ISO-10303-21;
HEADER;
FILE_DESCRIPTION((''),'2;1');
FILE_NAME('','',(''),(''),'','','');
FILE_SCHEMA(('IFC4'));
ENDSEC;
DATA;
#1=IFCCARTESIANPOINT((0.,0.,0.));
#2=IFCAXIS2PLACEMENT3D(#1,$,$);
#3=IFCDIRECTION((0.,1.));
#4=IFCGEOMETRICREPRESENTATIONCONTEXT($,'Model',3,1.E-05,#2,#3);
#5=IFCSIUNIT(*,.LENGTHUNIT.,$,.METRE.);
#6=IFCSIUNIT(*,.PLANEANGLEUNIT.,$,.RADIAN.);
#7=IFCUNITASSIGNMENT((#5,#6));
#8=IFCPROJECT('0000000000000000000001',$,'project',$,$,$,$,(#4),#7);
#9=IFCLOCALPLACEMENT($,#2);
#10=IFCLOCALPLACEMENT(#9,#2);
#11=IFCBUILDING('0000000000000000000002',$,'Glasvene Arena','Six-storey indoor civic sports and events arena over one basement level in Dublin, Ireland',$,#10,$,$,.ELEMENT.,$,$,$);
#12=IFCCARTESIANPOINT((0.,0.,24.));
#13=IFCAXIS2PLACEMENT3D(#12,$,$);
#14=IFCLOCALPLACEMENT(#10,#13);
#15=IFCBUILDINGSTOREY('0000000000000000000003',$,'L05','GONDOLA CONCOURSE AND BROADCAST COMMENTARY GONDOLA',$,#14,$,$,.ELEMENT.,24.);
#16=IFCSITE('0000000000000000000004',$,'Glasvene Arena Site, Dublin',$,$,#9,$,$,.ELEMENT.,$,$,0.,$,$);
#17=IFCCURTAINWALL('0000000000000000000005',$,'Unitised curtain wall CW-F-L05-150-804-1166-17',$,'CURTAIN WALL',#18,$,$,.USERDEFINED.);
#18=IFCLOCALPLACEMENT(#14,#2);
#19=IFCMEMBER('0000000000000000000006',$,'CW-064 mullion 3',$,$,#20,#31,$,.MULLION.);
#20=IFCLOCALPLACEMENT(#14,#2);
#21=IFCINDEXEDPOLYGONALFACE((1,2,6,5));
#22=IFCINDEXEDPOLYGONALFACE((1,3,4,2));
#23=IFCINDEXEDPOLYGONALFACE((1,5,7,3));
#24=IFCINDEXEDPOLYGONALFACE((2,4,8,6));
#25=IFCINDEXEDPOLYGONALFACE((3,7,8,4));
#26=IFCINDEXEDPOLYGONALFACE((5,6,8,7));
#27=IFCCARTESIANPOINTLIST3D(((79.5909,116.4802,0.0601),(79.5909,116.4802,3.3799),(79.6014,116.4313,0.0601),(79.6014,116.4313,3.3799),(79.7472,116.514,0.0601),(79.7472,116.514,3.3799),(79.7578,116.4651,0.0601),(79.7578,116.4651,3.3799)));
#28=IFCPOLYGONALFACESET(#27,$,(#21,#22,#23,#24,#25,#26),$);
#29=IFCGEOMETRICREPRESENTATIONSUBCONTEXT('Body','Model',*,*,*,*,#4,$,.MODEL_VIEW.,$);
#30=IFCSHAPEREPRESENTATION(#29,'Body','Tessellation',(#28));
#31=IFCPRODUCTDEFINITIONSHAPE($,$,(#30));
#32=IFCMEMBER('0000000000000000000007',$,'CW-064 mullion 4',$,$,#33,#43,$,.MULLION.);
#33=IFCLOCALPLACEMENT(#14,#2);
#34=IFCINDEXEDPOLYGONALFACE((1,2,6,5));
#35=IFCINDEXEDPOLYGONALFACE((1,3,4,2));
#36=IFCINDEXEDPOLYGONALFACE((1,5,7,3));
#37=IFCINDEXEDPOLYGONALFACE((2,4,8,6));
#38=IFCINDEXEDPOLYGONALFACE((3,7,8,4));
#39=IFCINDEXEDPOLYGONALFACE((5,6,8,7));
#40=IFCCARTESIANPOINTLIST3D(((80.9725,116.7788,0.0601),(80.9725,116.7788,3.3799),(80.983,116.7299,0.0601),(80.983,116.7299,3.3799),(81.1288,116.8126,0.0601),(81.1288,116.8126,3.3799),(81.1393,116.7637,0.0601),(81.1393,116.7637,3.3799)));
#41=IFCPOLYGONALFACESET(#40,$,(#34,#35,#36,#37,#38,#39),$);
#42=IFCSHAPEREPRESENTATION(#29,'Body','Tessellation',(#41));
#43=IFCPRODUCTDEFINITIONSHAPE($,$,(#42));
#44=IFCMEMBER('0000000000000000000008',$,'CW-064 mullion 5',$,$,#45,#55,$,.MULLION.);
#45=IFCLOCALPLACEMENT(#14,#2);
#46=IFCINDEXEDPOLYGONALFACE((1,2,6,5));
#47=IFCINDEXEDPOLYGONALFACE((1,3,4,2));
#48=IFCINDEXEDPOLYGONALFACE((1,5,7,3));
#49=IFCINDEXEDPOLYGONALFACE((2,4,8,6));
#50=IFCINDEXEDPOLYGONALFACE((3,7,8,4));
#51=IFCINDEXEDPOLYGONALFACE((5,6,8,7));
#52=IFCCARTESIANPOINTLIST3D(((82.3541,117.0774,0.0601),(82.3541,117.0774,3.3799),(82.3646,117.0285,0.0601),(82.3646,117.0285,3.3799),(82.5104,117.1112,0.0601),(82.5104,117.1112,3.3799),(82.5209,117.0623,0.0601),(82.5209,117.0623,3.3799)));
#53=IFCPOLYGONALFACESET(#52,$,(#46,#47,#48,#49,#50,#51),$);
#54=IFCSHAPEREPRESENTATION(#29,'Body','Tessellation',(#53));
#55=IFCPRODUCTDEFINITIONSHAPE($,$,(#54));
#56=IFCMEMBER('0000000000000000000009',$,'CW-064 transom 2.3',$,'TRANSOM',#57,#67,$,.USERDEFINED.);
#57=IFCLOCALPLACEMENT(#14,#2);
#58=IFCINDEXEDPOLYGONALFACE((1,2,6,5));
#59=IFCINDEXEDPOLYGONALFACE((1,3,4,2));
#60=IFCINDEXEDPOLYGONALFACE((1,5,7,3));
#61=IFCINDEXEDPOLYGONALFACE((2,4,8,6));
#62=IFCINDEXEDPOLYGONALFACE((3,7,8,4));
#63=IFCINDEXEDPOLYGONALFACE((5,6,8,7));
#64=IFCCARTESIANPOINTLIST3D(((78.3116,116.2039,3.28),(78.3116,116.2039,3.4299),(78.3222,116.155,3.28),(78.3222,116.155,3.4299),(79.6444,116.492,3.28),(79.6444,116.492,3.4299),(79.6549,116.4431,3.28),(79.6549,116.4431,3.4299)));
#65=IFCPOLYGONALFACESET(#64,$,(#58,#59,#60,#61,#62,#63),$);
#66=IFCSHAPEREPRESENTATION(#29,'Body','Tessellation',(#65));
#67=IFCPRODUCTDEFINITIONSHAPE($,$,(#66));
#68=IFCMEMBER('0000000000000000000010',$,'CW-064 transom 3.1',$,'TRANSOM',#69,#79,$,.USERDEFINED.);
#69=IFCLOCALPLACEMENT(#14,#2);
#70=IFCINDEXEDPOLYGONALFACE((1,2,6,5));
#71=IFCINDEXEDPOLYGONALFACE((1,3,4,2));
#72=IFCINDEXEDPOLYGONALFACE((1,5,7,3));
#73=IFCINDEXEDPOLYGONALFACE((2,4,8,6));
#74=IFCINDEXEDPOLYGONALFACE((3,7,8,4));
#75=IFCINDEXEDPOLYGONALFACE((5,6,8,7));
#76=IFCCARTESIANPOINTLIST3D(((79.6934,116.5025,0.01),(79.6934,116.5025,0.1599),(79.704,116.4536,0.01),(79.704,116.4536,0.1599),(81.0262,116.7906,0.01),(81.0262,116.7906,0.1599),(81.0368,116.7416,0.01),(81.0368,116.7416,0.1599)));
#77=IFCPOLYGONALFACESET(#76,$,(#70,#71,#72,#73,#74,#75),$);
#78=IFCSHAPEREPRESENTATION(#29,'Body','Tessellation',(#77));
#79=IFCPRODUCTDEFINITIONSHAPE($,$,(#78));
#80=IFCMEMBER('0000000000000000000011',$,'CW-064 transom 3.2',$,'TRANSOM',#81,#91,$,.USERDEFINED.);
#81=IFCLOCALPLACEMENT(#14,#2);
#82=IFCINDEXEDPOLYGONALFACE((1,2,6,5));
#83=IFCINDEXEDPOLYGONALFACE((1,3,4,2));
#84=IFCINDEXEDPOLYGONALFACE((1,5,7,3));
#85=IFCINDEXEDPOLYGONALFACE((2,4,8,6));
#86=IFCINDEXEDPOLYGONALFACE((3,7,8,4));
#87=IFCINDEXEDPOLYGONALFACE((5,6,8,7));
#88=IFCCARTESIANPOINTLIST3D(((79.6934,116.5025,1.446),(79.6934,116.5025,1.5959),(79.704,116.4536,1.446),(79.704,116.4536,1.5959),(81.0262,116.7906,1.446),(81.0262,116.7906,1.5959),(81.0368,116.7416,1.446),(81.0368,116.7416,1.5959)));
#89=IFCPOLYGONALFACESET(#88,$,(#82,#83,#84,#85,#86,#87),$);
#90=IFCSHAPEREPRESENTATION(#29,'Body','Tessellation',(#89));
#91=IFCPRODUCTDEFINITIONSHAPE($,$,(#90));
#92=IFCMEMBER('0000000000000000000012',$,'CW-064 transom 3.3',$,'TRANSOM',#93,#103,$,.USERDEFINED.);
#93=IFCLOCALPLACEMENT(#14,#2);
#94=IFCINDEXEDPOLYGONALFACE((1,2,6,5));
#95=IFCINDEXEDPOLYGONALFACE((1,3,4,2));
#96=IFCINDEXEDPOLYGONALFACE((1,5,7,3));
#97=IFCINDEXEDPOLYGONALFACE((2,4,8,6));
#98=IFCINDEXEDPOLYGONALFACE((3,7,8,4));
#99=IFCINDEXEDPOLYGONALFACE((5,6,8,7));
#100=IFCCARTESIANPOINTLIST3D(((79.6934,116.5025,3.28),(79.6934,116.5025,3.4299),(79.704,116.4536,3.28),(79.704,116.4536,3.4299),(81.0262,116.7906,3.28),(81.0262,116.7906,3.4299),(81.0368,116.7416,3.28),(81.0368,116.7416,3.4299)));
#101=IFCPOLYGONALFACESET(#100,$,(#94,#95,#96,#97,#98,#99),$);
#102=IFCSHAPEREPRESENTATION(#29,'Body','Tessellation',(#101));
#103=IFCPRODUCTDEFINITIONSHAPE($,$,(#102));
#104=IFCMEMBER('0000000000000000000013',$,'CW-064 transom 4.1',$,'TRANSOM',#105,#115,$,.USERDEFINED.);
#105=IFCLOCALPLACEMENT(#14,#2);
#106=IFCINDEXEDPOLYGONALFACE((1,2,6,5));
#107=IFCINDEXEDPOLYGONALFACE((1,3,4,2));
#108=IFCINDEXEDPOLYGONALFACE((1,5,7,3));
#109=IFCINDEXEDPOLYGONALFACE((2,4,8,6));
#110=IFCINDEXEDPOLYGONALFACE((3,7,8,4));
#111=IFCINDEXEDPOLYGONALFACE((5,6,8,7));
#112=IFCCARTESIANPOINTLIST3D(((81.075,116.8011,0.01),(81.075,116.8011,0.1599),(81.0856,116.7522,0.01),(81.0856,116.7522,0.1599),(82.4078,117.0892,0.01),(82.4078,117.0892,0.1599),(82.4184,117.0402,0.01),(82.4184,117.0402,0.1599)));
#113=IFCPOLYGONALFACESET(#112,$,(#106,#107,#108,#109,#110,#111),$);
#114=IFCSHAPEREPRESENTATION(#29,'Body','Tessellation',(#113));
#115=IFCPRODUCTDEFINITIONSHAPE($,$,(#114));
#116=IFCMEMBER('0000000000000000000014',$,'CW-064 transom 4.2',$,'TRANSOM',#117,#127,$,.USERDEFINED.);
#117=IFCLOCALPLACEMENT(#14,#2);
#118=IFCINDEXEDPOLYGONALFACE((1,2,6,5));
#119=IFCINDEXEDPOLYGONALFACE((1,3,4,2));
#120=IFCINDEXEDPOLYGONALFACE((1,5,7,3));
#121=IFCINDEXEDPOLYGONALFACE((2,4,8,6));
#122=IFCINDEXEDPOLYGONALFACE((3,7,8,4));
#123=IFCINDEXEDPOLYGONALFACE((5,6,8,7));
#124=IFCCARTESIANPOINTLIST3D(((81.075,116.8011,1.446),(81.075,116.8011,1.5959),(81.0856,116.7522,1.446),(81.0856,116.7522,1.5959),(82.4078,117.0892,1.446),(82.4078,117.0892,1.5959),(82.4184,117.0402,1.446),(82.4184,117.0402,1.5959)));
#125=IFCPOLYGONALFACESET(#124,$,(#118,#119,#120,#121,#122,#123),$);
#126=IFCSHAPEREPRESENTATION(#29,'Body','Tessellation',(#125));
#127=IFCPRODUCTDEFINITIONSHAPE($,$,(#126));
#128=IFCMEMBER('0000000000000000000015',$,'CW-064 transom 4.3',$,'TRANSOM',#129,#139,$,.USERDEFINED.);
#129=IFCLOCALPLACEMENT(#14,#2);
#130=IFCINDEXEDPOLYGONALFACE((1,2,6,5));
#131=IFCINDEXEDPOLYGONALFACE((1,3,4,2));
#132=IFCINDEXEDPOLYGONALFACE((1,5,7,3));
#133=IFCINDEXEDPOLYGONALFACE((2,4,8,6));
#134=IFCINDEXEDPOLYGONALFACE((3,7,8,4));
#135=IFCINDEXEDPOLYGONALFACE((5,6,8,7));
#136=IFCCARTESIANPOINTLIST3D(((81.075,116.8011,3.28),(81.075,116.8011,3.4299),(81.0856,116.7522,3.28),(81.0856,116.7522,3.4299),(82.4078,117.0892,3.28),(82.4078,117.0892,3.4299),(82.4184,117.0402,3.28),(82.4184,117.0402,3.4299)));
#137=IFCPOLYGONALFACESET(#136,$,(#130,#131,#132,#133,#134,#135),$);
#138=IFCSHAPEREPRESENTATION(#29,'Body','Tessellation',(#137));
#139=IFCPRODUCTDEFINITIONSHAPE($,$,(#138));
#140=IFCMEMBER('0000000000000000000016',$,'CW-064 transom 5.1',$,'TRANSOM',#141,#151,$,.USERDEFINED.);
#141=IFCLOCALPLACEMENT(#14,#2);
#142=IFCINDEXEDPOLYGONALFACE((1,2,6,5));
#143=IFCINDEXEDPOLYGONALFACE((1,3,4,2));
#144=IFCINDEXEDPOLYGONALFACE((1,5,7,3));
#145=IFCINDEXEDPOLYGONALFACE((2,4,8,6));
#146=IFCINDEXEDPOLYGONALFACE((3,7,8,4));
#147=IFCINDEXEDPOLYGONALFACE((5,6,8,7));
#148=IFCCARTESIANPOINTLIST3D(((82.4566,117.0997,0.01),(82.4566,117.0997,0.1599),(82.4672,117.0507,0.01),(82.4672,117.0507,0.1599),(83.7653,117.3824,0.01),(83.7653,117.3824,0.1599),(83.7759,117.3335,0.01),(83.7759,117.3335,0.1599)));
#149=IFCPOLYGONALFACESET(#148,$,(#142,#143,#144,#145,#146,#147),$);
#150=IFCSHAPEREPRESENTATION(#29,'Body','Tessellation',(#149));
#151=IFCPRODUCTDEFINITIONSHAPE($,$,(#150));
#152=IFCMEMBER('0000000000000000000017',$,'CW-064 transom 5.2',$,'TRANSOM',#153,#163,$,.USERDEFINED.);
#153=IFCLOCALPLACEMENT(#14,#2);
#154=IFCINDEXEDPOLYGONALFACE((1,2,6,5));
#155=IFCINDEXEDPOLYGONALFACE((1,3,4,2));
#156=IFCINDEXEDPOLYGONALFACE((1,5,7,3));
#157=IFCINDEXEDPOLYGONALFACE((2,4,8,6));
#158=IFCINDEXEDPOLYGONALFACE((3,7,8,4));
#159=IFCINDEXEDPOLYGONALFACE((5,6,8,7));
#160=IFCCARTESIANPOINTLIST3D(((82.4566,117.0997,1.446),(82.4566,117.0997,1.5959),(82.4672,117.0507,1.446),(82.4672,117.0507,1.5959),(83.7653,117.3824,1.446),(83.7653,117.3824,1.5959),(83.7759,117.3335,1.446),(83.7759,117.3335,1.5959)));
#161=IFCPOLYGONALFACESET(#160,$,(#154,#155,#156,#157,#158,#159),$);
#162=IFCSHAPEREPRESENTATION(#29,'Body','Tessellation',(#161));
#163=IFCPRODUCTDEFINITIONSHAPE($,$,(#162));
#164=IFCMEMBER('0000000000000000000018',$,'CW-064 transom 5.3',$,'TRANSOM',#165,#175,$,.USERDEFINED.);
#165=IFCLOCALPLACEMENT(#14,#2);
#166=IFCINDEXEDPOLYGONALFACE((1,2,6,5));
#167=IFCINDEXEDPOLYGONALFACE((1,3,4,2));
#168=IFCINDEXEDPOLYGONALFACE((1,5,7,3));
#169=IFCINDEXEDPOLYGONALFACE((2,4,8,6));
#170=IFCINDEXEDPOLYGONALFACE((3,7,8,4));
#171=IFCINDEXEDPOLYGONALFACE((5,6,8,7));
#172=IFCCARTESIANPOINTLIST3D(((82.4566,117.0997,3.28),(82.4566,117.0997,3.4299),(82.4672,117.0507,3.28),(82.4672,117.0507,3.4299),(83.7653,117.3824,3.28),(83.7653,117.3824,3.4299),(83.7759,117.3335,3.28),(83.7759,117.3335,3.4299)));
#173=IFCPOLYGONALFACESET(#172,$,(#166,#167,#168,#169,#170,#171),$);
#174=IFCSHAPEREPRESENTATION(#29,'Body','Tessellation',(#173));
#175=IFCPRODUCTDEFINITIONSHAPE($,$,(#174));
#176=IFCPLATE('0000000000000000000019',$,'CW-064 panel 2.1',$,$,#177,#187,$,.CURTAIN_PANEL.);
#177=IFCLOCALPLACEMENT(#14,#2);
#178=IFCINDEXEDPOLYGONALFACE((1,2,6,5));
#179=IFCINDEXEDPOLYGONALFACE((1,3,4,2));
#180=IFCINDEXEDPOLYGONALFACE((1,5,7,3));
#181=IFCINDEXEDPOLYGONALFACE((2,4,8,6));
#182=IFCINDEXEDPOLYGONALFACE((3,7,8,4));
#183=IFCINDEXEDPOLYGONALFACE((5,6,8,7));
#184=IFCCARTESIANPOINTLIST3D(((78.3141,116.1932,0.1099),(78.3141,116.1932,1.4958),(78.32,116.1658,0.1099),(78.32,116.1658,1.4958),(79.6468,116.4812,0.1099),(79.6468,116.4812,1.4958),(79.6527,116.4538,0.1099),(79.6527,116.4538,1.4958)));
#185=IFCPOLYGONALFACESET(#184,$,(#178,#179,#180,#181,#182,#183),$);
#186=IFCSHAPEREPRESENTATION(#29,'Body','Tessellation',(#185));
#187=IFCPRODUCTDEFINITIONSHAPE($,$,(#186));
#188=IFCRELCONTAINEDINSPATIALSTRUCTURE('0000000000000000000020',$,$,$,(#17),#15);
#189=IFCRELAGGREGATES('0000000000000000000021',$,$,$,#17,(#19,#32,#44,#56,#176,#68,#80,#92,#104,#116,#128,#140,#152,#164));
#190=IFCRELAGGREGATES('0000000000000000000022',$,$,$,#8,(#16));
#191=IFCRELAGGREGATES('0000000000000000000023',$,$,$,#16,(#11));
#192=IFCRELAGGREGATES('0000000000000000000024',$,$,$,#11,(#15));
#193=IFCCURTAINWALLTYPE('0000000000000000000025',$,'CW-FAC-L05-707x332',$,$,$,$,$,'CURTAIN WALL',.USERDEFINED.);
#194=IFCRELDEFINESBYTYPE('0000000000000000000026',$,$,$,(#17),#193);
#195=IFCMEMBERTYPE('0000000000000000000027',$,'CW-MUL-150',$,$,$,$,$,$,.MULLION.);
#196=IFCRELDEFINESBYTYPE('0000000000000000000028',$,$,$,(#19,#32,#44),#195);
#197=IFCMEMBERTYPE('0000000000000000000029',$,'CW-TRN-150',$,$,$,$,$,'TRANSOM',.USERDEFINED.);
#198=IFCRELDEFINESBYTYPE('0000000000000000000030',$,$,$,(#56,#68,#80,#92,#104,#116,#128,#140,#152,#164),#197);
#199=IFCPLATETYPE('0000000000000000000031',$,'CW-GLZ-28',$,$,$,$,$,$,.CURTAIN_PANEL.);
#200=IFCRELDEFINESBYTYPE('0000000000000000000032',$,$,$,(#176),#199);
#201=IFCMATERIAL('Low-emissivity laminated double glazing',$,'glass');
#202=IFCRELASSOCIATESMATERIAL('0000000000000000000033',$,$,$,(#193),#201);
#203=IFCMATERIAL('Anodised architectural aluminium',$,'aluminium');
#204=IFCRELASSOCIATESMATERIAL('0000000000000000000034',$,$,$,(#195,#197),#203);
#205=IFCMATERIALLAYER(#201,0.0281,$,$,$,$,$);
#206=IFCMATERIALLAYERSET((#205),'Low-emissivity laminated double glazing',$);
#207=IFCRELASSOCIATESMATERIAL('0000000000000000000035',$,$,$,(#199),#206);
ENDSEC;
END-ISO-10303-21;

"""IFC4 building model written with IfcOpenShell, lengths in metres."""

from ifc_helpers import new_model, si_unit, direction, frame, origin, origin_2d, place, context, subcontext, project, spatial, rectangle, extrude, material, layer, layer_set, material_profile, profile_set, type_object, element, aggregate, save


model = new_model("IFC4")

# Units and contexts
model_context = context("Model", 3, precision=1e-05, world=origin(), true_north=direction((0.0, 1.0)))
body_context = subcontext(model_context, "Body", "Model", "MODEL_VIEW")
ifc_project = project(units=[si_unit("LENGTHUNIT", "METRE"), si_unit("PLANEANGLEUNIT", "RADIAN")], contexts=[model_context])

# Site, building, storey
site_placement = place(None, origin())
site = spatial("IfcSite", under=ifc_project, at=site_placement, Name="Glasvene Arena Site, Dublin", CompositionType="ELEMENT", RefElevation=0.0)
building_placement = place(site_placement, origin())
building = spatial("IfcBuilding", under=site, at=building_placement, Name="Glasvene Arena", Description="Six-storey indoor civic sports and events arena over one basement level in Dublin, Ireland", CompositionType="ELEMENT")
storey_placement = place(building_placement, frame((0.0, 0.0, 24.0)))
storey = spatial("IfcBuildingStorey", under=building, at=storey_placement, Name="L05", Description="GONDOLA CONCOURSE AND BROADCAST COMMENTARY GONDOLA", CompositionType="ELEMENT", Elevation=24.0)

# Curtain wall, members, plate
ifc_material_1 = material(Name="Low-emissivity laminated double glazing", Category="glass")
curtain_wall_type = type_object("IfcCurtainWallType", Name="CW-FAC-L05-707x332", ElementType="CURTAIN WALL", PredefinedType="USERDEFINED", material=ifc_material_1)
curtain_wall_placement = place(storey_placement, frame((76.9109, 115.8755, 0.0)))
curtain_wall = element("IfcCurtainWall", 1, at=curtain_wall_placement, inside=storey, type_object=curtain_wall_type, Name="Unitised curtain wall CW-F-L05-150-804-1166-17", ObjectType="CURTAIN WALL", PredefinedType="USERDEFINED")
ifc_material_2 = material(Name="Anodised architectural aluminium", Category="aluminium")
ifc_material_profile_1 = material_profile(ifc_material_2, rectangle(XDim=0.05, YDim=0.1599, at=origin_2d()), Name="ALU MULLION 50x160")
ifc_profile_set_1 = profile_set([ifc_material_profile_1], Name="Anodised architectural aluminium")
member_type_1 = type_object("IfcMemberType", Name="CW-MUL-150", PredefinedType="MULLION", material=ifc_profile_set_1)
member_1_placement = place(storey_placement, frame((79.6743, 116.4727, 0.0601), z_axis=(0.0, 0.0, 1.0), x_axis=(-0.211221, 0.977438, 0.0)))
member_1 = element("IfcMember", 2, at=member_1_placement, type_object=member_type_1, Name="CW-064 mullion 3", PredefinedType="MULLION", context=body_context, shape_type="SweptSolid", body=[
    extrude(rectangle(XDim=0.05, YDim=0.1599, at=origin_2d()), origin(), (0.0, 0.0, 1.0), 3.3198),
])
member_2_placement = place(storey_placement, frame((81.0559, 116.7712, 0.0601), z_axis=(0.0, 0.0, 1.0), x_axis=(-0.211221, 0.977438, 0.0)))
member_2 = element("IfcMember", 3, at=member_2_placement, type_object=member_type_1, Name="CW-064 mullion 4", PredefinedType="MULLION", context=body_context, shape_type="SweptSolid", body=[
    extrude(rectangle(XDim=0.05, YDim=0.1599, at=origin_2d()), origin(), (0.0, 0.0, 1.0), 3.3198),
])
member_3_placement = place(storey_placement, frame((82.4375, 117.0698, 0.0601), z_axis=(0.0, 0.0, 1.0), x_axis=(-0.211221, 0.977438, 0.0)))
member_3 = element("IfcMember", 4, at=member_3_placement, type_object=member_type_1, Name="CW-064 mullion 5", PredefinedType="MULLION", context=body_context, shape_type="SweptSolid", body=[
    extrude(rectangle(XDim=0.05, YDim=0.1599, at=origin_2d()), origin(), (0.0, 0.0, 1.0), 3.3198),
])
ifc_material_profile_2 = material_profile(ifc_material_2, rectangle(XDim=0.05, YDim=0.1499, at=origin_2d()), Name="ALU TRANSOM 50x150")
ifc_profile_set_2 = profile_set([ifc_material_profile_2], Name="Anodised architectural aluminium")
member_type_2 = type_object("IfcMemberType", Name="CW-TRN-150", ElementType="TRANSOM", PredefinedType="USERDEFINED", material=ifc_profile_set_2)
member_4_placement = place(storey_placement, frame((78.3169, 116.1794, 3.355), z_axis=(0.977426, 0.211277, 0.0), x_axis=(-0.211277, 0.977426, 0.0)))
member_4 = element("IfcMember", 5, at=member_4_placement, type_object=member_type_2, Name="CW-064 transom 2.3", ObjectType="TRANSOM", PredefinedType="USERDEFINED", context=body_context, shape_type="SweptSolid", body=[
    extrude(rectangle(XDim=0.05, YDim=0.1499, at=origin_2d()), origin(), (0.0, 0.0, 1.0), 1.3635),
])
member_5_placement = place(storey_placement, frame((79.6987, 116.478, 0.085), z_axis=(0.977426, 0.211277, 0.0), x_axis=(-0.211277, 0.977426, 0.0)))
member_5 = element("IfcMember", 6, at=member_5_placement, type_object=member_type_2, Name="CW-064 transom 3.1", ObjectType="TRANSOM", PredefinedType="USERDEFINED", context=body_context, shape_type="SweptSolid", body=[
    extrude(rectangle(XDim=0.05, YDim=0.1499, at=origin_2d()), origin(), (0.0, 0.0, 1.0), 1.3635),
])
member_6_placement = place(storey_placement, frame((79.6987, 116.478, 1.521), z_axis=(0.977426, 0.211277, 0.0), x_axis=(-0.211277, 0.977426, 0.0)))
member_6 = element("IfcMember", 7, at=member_6_placement, type_object=member_type_2, Name="CW-064 transom 3.2", ObjectType="TRANSOM", PredefinedType="USERDEFINED", context=body_context, shape_type="SweptSolid", body=[
    extrude(rectangle(XDim=0.05, YDim=0.1499, at=origin_2d()), origin(), (0.0, 0.0, 1.0), 1.3635),
])
member_7_placement = place(storey_placement, frame((79.6987, 116.478, 3.355), z_axis=(0.977426, 0.211277, 0.0), x_axis=(-0.211277, 0.977426, 0.0)))
member_7 = element("IfcMember", 8, at=member_7_placement, type_object=member_type_2, Name="CW-064 transom 3.3", ObjectType="TRANSOM", PredefinedType="USERDEFINED", context=body_context, shape_type="SweptSolid", body=[
    extrude(rectangle(XDim=0.05, YDim=0.1499, at=origin_2d()), origin(), (0.0, 0.0, 1.0), 1.3635),
])
member_8_placement = place(storey_placement, frame((81.0803, 116.7766, 0.085), z_axis=(0.977426, 0.211277, 0.0), x_axis=(-0.211277, 0.977426, 0.0)))
member_8 = element("IfcMember", 9, at=member_8_placement, type_object=member_type_2, Name="CW-064 transom 4.1", ObjectType="TRANSOM", PredefinedType="USERDEFINED", context=body_context, shape_type="SweptSolid", body=[
    extrude(rectangle(XDim=0.05, YDim=0.1499, at=origin_2d()), origin(), (0.0, 0.0, 1.0), 1.3635),
])
member_9_placement = place(storey_placement, frame((81.0803, 116.7766, 1.521), z_axis=(0.977426, 0.211277, 0.0), x_axis=(-0.211277, 0.977426, 0.0)))
member_9 = element("IfcMember", 10, at=member_9_placement, type_object=member_type_2, Name="CW-064 transom 4.2", ObjectType="TRANSOM", PredefinedType="USERDEFINED", context=body_context, shape_type="SweptSolid", body=[
    extrude(rectangle(XDim=0.05, YDim=0.1499, at=origin_2d()), origin(), (0.0, 0.0, 1.0), 1.3635),
])
member_10_placement = place(storey_placement, frame((81.0803, 116.7766, 3.355), z_axis=(0.977426, 0.211277, 0.0), x_axis=(-0.211277, 0.977426, 0.0)))
member_10 = element("IfcMember", 11, at=member_10_placement, type_object=member_type_2, Name="CW-064 transom 4.3", ObjectType="TRANSOM", PredefinedType="USERDEFINED", context=body_context, shape_type="SweptSolid", body=[
    extrude(rectangle(XDim=0.05, YDim=0.1499, at=origin_2d()), origin(), (0.0, 0.0, 1.0), 1.3635),
])
member_11_placement = place(storey_placement, frame((82.4619, 117.0752, 0.085), z_axis=(0.977449, 0.211173, 0.0), x_axis=(-0.211173, 0.977449, 0.0)))
member_11 = element("IfcMember", 12, at=member_11_placement, type_object=member_type_2, Name="CW-064 transom 5.1", ObjectType="TRANSOM", PredefinedType="USERDEFINED", context=body_context, shape_type="SweptSolid", body=[
    extrude(rectangle(XDim=0.05, YDim=0.1499, at=origin_2d()), origin(), (0.0, 0.0, 1.0), 1.3389),
])
member_12_placement = place(storey_placement, frame((82.4619, 117.0752, 1.521), z_axis=(0.977449, 0.211173, 0.0), x_axis=(-0.211173, 0.977449, 0.0)))
member_12 = element("IfcMember", 13, at=member_12_placement, type_object=member_type_2, Name="CW-064 transom 5.2", ObjectType="TRANSOM", PredefinedType="USERDEFINED", context=body_context, shape_type="SweptSolid", body=[
    extrude(rectangle(XDim=0.05, YDim=0.1499, at=origin_2d()), origin(), (0.0, 0.0, 1.0), 1.3389),
])
member_13_placement = place(storey_placement, frame((82.4619, 117.0752, 3.355), z_axis=(0.977449, 0.211173, 0.0), x_axis=(-0.211173, 0.977449, 0.0)))
member_13 = element("IfcMember", 14, at=member_13_placement, type_object=member_type_2, Name="CW-064 transom 5.3", ObjectType="TRANSOM", PredefinedType="USERDEFINED", context=body_context, shape_type="SweptSolid", body=[
    extrude(rectangle(XDim=0.05, YDim=0.1499, at=origin_2d()), origin(), (0.0, 0.0, 1.0), 1.3389),
])
ifc_layer = layer(ifc_material_1, 0.0281)
ifc_layer_set = layer_set([ifc_layer], Name="Low-emissivity laminated double glazing")
plate_type = type_object("IfcPlateType", Name="CW-GLZ-28", PredefinedType="CURTAIN_PANEL", material=ifc_layer_set)
plate_1_placement = place(storey_placement, frame((78.9834, 116.3235, 0.1099), z_axis=(0.0, 0.0, 1.0), x_axis=(0.977438, 0.211221, 0.0)))
plate_1 = element("IfcPlate", 15, at=plate_1_placement, type_object=plate_type, Name="CW-064 panel 2.1", PredefinedType="CURTAIN_PANEL", context=body_context, shape_type="SweptSolid", body=[
    extrude(rectangle(XDim=1.3635, YDim=0.0281, at=origin_2d()), origin(), (0.0, 0.0, 1.0), 1.386),
])
aggregate(curtain_wall, [member_1, member_2, member_3, member_4, plate_1, member_5, member_6, member_7, member_8, member_9, member_10, member_11, member_12, member_13])

save(model, "model.ifc")
